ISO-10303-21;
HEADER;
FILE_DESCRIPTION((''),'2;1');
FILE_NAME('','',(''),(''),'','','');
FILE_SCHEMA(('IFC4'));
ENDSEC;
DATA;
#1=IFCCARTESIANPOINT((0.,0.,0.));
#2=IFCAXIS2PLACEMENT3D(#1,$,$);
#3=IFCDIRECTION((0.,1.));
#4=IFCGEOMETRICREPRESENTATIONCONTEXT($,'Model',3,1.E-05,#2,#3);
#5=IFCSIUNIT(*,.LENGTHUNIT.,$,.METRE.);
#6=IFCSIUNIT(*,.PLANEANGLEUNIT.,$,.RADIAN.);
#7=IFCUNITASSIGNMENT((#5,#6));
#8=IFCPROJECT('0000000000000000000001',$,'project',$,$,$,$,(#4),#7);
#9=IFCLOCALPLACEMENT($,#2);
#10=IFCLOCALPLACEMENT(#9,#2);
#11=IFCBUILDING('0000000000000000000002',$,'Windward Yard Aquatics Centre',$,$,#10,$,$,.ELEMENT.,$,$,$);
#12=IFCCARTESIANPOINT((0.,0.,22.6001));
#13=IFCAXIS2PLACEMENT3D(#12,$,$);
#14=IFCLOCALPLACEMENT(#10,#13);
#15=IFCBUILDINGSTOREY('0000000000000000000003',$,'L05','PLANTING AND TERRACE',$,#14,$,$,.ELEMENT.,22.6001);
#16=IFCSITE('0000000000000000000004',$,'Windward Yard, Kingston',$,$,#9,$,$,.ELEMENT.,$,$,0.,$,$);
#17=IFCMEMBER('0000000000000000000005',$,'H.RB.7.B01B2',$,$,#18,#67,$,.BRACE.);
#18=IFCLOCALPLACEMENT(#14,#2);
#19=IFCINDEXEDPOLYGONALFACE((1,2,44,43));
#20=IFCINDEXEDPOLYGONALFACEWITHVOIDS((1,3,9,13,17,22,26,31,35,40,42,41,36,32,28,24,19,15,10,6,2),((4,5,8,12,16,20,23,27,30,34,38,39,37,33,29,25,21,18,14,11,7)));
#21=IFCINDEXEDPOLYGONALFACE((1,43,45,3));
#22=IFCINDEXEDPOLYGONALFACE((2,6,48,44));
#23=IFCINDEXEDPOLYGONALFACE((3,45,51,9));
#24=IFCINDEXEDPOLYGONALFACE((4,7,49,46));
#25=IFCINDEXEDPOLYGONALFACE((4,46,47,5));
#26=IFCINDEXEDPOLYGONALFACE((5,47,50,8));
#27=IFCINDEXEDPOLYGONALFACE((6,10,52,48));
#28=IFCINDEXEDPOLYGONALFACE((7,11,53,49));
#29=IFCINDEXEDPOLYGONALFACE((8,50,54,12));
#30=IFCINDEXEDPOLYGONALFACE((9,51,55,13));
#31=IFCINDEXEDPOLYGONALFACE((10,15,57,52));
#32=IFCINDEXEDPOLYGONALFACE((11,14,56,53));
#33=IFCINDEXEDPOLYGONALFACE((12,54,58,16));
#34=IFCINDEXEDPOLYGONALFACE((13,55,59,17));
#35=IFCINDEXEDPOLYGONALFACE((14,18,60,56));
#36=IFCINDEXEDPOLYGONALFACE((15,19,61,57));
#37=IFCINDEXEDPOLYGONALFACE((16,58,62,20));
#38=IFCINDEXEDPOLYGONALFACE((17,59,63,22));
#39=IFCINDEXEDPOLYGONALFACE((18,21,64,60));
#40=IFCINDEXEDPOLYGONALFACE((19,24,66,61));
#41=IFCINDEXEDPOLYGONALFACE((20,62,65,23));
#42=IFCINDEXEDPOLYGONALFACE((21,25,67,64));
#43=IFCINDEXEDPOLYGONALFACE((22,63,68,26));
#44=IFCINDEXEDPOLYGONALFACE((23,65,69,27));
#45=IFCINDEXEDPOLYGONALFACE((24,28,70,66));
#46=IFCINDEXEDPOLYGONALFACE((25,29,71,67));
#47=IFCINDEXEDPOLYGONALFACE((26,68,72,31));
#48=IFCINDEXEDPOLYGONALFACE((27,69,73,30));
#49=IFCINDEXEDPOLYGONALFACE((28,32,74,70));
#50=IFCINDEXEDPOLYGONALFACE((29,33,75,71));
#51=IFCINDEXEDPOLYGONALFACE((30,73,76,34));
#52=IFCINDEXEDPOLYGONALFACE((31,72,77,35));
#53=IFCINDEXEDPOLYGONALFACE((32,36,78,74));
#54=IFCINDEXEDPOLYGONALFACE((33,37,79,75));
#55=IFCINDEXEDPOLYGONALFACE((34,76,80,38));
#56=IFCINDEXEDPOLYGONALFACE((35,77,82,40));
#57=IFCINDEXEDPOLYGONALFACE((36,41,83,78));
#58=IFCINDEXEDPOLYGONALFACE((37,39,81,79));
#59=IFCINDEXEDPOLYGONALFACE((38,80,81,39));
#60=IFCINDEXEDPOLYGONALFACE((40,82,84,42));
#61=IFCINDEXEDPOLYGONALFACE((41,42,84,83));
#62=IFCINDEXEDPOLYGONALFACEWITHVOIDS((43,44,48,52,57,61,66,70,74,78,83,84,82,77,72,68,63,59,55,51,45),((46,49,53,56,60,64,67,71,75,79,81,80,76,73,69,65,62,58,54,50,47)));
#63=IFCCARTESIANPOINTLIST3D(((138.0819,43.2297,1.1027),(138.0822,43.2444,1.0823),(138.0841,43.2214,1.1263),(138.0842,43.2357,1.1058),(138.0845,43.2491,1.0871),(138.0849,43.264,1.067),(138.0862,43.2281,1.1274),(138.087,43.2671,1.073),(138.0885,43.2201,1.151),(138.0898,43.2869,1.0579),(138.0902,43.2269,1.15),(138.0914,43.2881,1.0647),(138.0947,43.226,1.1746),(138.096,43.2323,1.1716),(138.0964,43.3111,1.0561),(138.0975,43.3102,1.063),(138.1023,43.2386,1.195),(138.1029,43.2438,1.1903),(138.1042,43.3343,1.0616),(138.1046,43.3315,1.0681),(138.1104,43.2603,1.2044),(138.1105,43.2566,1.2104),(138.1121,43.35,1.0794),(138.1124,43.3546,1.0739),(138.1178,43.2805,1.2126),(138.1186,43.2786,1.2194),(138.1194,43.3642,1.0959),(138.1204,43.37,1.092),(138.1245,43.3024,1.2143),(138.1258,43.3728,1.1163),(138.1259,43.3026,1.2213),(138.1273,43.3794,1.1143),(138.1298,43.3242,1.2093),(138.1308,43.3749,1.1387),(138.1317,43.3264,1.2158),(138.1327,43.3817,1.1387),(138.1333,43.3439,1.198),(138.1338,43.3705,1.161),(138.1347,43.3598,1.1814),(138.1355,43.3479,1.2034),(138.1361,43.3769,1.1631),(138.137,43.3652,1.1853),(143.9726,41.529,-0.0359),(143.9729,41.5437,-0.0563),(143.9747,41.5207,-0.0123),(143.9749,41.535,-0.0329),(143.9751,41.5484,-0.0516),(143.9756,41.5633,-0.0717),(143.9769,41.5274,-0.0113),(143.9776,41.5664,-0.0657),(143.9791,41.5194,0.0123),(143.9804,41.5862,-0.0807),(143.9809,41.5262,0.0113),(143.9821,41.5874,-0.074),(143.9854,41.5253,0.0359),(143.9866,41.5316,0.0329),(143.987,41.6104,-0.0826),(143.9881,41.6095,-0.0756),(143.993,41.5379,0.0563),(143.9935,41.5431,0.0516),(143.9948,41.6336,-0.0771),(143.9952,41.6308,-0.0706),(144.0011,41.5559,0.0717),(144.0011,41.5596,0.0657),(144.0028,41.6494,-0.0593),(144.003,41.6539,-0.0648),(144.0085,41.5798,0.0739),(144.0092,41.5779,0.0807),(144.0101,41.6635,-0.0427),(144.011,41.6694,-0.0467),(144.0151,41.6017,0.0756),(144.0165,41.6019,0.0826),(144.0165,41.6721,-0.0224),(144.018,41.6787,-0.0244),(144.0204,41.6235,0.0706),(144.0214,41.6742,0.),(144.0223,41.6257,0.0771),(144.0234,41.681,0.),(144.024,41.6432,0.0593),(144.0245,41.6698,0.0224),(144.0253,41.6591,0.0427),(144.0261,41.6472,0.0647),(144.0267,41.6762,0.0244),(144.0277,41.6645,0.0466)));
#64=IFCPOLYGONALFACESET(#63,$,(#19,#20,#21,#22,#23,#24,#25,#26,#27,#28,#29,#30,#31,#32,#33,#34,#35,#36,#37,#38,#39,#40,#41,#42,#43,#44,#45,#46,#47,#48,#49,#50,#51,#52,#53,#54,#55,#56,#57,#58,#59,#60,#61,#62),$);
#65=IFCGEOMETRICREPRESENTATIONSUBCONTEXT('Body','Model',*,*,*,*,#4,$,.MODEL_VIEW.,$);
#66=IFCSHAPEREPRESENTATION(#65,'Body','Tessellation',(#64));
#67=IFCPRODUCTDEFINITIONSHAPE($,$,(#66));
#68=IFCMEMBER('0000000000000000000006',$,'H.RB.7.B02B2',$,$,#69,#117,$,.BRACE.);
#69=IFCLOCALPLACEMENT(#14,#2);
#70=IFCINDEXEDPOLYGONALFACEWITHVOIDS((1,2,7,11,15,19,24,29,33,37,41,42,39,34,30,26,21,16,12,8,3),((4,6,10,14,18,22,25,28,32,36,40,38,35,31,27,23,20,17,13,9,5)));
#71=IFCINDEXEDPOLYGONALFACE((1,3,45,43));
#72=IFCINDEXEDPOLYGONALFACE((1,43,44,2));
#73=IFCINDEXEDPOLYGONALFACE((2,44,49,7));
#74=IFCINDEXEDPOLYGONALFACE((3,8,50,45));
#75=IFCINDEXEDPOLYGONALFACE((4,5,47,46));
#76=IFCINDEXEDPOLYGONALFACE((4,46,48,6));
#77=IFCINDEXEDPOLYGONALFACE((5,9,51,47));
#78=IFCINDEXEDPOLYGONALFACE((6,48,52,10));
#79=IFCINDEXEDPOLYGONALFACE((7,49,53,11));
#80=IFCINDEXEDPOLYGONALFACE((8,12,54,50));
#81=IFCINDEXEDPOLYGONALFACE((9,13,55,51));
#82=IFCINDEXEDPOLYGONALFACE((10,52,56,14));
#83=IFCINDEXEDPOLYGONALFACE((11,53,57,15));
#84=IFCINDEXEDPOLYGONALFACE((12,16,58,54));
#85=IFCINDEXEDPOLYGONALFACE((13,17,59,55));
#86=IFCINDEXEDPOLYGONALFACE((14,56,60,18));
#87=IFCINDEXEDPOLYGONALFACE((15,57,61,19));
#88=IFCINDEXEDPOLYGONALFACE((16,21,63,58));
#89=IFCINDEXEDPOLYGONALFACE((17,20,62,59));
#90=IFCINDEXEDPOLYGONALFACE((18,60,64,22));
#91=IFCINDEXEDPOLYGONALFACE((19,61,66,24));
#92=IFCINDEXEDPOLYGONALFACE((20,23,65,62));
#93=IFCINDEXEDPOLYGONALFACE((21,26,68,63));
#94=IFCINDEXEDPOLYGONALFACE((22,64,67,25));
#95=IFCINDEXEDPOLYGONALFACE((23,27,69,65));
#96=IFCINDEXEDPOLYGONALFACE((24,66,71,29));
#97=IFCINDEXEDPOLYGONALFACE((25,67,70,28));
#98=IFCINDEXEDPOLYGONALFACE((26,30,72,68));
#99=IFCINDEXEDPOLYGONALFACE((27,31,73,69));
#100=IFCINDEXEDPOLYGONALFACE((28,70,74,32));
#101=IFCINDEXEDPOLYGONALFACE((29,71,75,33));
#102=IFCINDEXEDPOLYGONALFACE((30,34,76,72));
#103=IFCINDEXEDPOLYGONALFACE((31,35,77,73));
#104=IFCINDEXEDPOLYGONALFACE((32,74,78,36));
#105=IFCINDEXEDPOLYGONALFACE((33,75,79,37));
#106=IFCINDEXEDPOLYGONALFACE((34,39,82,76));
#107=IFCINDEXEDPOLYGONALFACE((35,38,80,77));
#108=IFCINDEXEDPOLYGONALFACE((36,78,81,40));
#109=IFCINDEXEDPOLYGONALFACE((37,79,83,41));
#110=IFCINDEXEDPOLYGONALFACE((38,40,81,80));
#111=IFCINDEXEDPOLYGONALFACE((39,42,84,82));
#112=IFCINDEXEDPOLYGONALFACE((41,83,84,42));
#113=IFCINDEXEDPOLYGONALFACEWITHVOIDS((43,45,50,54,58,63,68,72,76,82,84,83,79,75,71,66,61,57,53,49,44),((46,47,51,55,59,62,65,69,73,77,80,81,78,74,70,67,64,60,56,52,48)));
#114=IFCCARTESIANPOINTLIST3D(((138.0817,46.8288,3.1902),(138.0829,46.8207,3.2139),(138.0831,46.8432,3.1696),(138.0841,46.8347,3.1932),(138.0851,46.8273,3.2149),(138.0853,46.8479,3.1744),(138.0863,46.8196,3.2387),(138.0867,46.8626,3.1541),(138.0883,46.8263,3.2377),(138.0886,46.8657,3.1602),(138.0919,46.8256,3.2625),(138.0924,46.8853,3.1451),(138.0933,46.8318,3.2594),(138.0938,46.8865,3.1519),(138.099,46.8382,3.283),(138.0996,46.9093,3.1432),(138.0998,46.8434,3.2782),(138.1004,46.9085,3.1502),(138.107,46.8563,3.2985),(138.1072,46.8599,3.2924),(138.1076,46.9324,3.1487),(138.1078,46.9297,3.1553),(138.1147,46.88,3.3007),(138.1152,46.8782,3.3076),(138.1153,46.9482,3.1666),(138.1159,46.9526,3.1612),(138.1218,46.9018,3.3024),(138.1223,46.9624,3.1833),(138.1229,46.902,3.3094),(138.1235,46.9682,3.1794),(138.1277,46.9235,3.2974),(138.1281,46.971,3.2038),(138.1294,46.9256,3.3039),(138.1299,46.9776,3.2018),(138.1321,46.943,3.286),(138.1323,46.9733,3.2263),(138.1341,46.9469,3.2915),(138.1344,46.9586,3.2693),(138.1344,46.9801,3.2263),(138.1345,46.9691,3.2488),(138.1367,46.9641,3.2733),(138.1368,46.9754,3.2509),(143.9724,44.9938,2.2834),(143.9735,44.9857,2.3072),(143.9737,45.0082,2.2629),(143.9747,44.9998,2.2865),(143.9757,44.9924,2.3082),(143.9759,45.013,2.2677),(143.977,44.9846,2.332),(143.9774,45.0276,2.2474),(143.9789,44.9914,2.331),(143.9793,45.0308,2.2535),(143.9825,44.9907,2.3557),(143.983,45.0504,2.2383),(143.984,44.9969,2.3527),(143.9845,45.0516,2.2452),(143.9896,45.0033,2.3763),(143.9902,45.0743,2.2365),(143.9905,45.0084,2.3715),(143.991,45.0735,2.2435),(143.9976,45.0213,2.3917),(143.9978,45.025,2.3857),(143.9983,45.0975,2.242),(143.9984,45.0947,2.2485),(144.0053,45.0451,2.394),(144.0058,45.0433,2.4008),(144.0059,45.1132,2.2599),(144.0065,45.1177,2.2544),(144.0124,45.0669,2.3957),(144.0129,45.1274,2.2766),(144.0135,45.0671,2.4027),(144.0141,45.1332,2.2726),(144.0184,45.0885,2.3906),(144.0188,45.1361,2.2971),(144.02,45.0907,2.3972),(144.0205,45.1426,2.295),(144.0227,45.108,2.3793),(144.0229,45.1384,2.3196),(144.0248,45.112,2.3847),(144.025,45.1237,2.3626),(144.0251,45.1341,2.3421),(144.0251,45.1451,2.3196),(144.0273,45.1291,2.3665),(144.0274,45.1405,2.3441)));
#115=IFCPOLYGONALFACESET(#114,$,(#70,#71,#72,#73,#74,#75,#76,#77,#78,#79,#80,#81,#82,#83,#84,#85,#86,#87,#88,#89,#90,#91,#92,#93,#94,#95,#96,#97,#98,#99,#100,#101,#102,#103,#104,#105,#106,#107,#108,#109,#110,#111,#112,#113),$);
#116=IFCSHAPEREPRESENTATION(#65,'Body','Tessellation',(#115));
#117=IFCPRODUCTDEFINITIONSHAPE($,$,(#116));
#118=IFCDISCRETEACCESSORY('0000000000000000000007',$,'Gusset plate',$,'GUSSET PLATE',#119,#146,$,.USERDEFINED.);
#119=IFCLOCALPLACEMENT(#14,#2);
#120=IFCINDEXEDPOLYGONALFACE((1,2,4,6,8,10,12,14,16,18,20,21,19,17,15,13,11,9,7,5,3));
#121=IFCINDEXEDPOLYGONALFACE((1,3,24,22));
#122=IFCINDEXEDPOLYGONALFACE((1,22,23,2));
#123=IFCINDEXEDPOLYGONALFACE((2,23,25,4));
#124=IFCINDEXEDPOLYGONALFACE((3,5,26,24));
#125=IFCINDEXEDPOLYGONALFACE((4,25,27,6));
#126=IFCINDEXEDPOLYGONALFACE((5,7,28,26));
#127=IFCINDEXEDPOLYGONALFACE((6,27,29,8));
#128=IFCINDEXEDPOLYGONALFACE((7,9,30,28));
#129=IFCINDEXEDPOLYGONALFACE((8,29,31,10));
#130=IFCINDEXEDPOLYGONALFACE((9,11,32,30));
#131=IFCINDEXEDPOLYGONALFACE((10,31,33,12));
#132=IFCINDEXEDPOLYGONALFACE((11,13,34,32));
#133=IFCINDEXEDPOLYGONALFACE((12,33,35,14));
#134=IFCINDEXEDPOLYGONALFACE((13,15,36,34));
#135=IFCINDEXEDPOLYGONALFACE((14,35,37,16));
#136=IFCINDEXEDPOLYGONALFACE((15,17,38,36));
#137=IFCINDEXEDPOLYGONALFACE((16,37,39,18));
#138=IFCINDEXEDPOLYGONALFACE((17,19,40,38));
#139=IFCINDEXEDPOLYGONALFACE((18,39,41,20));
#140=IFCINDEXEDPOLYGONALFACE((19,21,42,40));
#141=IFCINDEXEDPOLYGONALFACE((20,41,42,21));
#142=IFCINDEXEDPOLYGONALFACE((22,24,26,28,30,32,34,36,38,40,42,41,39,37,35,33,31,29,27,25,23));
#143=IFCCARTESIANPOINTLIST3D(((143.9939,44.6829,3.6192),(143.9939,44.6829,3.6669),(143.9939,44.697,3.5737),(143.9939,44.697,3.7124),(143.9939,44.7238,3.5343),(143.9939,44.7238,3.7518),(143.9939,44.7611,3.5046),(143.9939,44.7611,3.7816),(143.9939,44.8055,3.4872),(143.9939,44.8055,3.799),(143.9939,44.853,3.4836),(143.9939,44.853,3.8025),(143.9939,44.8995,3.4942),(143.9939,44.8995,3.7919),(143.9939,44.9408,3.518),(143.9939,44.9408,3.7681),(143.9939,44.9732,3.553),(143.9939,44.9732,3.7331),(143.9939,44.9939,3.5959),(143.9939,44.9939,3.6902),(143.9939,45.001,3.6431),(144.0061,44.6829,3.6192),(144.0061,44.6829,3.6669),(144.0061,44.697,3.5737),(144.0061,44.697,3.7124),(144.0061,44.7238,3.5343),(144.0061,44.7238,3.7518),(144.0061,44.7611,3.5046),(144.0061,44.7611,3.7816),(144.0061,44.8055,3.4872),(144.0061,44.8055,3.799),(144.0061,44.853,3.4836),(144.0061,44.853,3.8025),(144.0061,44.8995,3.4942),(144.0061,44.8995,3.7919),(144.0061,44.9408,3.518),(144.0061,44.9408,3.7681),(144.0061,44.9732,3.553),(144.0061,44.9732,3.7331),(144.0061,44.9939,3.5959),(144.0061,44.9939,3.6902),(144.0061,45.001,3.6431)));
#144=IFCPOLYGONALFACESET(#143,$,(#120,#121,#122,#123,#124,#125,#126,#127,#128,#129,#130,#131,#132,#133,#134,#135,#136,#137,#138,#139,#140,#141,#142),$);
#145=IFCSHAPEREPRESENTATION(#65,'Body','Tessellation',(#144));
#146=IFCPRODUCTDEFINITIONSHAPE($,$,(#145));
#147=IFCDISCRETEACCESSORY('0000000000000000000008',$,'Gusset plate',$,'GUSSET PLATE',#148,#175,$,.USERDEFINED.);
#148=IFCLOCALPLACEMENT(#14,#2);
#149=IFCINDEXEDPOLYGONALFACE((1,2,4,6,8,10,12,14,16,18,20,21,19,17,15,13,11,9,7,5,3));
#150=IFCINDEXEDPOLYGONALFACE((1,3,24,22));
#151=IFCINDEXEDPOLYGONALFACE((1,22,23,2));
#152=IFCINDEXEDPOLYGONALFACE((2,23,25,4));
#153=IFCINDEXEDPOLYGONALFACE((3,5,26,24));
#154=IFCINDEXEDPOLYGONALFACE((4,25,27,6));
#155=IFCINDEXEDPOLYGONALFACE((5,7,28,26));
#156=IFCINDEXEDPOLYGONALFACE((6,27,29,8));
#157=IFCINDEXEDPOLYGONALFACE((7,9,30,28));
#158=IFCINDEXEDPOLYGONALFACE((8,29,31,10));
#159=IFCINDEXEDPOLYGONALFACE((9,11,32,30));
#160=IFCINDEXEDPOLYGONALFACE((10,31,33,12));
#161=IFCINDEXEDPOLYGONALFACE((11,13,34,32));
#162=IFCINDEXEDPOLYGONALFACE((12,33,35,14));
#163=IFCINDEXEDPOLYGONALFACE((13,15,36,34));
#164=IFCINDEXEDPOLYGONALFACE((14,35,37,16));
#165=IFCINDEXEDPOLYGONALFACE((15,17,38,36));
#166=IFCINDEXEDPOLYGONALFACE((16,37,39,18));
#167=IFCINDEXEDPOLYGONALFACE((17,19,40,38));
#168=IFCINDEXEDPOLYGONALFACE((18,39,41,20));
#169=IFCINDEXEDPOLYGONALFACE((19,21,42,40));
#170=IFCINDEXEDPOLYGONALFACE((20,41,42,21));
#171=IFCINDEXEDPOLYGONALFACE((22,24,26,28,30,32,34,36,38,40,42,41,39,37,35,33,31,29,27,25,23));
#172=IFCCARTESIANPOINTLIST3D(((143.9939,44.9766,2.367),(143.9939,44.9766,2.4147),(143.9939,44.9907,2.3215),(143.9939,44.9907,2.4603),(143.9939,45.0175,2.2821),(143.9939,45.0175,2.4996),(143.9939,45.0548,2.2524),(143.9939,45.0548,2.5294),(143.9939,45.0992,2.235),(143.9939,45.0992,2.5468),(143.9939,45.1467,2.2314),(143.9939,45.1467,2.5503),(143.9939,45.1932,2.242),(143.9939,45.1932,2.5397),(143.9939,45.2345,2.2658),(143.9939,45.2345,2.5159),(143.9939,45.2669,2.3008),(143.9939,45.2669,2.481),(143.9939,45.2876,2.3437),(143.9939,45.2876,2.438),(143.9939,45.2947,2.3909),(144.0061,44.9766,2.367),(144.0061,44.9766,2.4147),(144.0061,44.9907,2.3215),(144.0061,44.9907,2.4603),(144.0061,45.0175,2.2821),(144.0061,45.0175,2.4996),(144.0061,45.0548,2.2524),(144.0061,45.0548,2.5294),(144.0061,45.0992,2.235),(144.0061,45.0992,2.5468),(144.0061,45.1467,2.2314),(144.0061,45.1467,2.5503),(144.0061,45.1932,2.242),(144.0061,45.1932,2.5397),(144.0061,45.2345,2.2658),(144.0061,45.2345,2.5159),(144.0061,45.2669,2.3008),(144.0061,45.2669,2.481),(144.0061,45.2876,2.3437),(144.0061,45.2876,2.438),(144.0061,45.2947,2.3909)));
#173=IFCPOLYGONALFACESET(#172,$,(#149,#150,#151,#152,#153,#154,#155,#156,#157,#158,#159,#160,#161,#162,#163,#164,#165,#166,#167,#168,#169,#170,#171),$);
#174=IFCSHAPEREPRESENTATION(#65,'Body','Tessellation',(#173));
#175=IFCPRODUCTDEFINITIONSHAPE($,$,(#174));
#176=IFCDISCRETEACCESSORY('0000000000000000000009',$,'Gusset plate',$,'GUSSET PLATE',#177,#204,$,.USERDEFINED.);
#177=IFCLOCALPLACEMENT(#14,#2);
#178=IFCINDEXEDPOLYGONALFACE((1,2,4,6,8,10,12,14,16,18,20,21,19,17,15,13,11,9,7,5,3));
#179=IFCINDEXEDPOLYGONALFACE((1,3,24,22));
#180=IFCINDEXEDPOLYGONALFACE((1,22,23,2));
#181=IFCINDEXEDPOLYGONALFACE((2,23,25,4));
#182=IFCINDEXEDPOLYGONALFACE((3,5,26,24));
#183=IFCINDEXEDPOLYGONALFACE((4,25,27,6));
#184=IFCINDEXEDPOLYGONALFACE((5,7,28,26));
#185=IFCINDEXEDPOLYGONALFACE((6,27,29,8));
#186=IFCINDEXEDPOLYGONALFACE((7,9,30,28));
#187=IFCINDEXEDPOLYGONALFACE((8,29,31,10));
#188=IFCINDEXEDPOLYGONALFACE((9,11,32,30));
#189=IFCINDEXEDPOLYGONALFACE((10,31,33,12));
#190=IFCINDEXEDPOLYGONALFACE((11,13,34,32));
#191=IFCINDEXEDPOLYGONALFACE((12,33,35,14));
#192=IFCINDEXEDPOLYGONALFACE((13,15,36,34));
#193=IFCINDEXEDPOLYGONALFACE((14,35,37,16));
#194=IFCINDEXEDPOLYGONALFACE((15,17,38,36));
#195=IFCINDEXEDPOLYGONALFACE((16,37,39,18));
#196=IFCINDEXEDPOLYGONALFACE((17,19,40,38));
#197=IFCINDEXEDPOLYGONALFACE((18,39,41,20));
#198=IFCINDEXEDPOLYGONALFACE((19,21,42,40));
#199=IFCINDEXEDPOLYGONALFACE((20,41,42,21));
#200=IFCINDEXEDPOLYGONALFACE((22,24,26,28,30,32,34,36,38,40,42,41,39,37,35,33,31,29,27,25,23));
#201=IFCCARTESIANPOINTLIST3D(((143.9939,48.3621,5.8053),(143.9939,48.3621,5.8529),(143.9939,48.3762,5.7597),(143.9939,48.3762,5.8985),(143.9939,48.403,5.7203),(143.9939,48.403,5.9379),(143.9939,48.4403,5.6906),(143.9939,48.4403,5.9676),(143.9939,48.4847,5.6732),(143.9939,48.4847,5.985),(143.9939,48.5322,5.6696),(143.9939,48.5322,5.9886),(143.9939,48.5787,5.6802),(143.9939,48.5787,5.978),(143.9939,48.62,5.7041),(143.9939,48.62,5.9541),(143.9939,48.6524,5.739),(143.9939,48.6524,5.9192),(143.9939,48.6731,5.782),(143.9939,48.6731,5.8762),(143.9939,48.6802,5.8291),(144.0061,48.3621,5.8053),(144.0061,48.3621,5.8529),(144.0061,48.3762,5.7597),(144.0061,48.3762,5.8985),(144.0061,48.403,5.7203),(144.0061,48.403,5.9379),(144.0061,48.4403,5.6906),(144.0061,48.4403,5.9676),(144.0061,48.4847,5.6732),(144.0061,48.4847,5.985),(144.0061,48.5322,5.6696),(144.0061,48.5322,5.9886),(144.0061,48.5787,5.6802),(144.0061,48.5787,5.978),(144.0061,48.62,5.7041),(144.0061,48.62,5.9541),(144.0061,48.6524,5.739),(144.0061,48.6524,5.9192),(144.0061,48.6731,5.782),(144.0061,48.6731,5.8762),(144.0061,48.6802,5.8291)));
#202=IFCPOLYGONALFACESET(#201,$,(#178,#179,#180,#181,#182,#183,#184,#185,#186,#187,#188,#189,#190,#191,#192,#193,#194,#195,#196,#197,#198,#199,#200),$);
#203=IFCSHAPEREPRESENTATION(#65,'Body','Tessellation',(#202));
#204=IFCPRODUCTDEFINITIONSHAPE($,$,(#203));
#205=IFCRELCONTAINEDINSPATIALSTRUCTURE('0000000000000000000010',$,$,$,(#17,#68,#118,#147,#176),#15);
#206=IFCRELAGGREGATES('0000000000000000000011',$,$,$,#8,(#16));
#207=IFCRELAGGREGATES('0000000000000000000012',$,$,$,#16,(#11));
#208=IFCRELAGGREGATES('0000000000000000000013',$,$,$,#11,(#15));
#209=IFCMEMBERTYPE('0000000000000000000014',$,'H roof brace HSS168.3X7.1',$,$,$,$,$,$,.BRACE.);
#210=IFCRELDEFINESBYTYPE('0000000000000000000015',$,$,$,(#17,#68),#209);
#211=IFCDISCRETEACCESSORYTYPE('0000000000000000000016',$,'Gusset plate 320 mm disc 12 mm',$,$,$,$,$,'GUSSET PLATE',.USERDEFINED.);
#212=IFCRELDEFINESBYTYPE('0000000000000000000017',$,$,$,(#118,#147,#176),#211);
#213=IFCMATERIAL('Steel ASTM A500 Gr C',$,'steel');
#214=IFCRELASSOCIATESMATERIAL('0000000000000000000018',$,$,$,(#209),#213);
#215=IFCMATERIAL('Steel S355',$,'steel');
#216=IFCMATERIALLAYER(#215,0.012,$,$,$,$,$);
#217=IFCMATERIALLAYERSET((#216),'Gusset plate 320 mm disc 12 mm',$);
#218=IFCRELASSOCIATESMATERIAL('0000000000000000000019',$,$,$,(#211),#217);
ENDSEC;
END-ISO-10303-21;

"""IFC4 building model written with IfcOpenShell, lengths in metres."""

from ifc_helpers import new_model, si_unit, direction, frame, origin, origin_2d, place, context, subcontext, project, spatial, circle, hollow_circle, extrude, material, layer, layer_set, material_profile, profile_set, type_object, element, save


model = new_model("IFC4")

# Units and contexts
model_context = context("Model", 3, precision=1e-05, world=origin(), true_north=direction((0.0, 1.0)))
body_context = subcontext(model_context, "Body", "Model", "MODEL_VIEW")
ifc_project = project(units=[si_unit("LENGTHUNIT", "METRE"), si_unit("PLANEANGLEUNIT", "RADIAN")], contexts=[model_context])

# Site, building, storey
site_placement = place(None, origin())
site = spatial("IfcSite", under=ifc_project, at=site_placement, Name="Windward Yard, Kingston", CompositionType="ELEMENT", RefElevation=0.0)
building_placement = place(site_placement, origin())
building = spatial("IfcBuilding", under=site, at=building_placement, Name="Windward Yard Aquatics Centre", CompositionType="ELEMENT")
storey_placement = place(building_placement, frame((0.0, 0.0, 22.6001)))
storey = spatial("IfcBuildingStorey", under=building, at=storey_placement, Name="L05", Description="PLANTING AND TERRACE", CompositionType="ELEMENT", Elevation=22.6001)

# Members
ifc_material_1 = material(Name="Steel ASTM A500 Gr C", Category="steel")
ifc_material_profile_1 = material_profile(ifc_material_1, hollow_circle(Radius=0.0842, WallThickness=0.0071, at=origin_2d()), Name="HSS168.3X7.1")
ifc_profile_set_1 = profile_set([ifc_material_profile_1], Name="Steel ASTM A500 Gr C")
member_type_1 = type_object("IfcMemberType", Name="H roof brace HSS168.3X7.1", PredefinedType="BRACE", material=ifc_profile_set_1)
for number, where, z_axis, x_axis, name in (
    (1, (138.1094, 43.3008, 1.1387), (0.944608, -0.272718, -0.182595), (0.277381, 0.96076, 0.0), "H.RB.7.B01B2"),
    (2, (138.1094, 46.8997, 3.2263), (0.944604, -0.294249, -0.145402), (0.29741, 0.95475, 0.0), "H.RB.7.B02B2"),
):
    element("IfcMember", number, at=place(storey_placement, frame(where, z_axis=z_axis, x_axis=x_axis)), inside=storey, type_object=member_type_1, Name=name, PredefinedType="BRACE", context=body_context, shape_type="SweptSolid", body=[
        extrude(hollow_circle(Radius=0.0842, WallThickness=0.0071, at=origin_2d()), origin(), (0.0, 0.0, 1.0), 6.2361),
    ])

# Discrete accessories
ifc_material_2 = material(Name="Steel S355", Category="steel")
ifc_layer = layer(ifc_material_2, 0.012)
ifc_layer_set = layer_set([ifc_layer], Name="Gusset plate 320 mm disc 12 mm")
discrete_accessory_type = type_object("IfcDiscreteAccessoryType", Name="Gusset plate 320 mm disc 12 mm", ElementType="GUSSET PLATE", PredefinedType="USERDEFINED", material=ifc_layer_set)
for number, where, z_axis, x_axis, name in (
    (3, (143.9939, 44.8411, 3.6431), (1.0, 0.0, 0.0), (0.0, 1.0, 0.0), "Gusset plate"),
    (4, (143.9939, 45.1348, 2.3909), (1.0, 0.0, 0.0), (0.0, 1.0, 0.0), "Gusset plate"),
    (5, (143.9939, 48.5203, 5.8291), (1.0, 0.0, 0.0), (0.0, 1.0, 0.0), "Gusset plate"),
):
    element("IfcDiscreteAccessory", number, at=place(storey_placement, frame(where, z_axis=z_axis, x_axis=x_axis)), inside=storey, type_object=discrete_accessory_type, Name=name, ObjectType="GUSSET PLATE", PredefinedType="USERDEFINED", context=body_context, shape_type="SweptSolid", body=[
        extrude(circle(Radius=0.1599, at=origin_2d()), origin(), (0.0, 0.0, 1.0), 0.0122),
    ])

save(model, "model.ifc")
